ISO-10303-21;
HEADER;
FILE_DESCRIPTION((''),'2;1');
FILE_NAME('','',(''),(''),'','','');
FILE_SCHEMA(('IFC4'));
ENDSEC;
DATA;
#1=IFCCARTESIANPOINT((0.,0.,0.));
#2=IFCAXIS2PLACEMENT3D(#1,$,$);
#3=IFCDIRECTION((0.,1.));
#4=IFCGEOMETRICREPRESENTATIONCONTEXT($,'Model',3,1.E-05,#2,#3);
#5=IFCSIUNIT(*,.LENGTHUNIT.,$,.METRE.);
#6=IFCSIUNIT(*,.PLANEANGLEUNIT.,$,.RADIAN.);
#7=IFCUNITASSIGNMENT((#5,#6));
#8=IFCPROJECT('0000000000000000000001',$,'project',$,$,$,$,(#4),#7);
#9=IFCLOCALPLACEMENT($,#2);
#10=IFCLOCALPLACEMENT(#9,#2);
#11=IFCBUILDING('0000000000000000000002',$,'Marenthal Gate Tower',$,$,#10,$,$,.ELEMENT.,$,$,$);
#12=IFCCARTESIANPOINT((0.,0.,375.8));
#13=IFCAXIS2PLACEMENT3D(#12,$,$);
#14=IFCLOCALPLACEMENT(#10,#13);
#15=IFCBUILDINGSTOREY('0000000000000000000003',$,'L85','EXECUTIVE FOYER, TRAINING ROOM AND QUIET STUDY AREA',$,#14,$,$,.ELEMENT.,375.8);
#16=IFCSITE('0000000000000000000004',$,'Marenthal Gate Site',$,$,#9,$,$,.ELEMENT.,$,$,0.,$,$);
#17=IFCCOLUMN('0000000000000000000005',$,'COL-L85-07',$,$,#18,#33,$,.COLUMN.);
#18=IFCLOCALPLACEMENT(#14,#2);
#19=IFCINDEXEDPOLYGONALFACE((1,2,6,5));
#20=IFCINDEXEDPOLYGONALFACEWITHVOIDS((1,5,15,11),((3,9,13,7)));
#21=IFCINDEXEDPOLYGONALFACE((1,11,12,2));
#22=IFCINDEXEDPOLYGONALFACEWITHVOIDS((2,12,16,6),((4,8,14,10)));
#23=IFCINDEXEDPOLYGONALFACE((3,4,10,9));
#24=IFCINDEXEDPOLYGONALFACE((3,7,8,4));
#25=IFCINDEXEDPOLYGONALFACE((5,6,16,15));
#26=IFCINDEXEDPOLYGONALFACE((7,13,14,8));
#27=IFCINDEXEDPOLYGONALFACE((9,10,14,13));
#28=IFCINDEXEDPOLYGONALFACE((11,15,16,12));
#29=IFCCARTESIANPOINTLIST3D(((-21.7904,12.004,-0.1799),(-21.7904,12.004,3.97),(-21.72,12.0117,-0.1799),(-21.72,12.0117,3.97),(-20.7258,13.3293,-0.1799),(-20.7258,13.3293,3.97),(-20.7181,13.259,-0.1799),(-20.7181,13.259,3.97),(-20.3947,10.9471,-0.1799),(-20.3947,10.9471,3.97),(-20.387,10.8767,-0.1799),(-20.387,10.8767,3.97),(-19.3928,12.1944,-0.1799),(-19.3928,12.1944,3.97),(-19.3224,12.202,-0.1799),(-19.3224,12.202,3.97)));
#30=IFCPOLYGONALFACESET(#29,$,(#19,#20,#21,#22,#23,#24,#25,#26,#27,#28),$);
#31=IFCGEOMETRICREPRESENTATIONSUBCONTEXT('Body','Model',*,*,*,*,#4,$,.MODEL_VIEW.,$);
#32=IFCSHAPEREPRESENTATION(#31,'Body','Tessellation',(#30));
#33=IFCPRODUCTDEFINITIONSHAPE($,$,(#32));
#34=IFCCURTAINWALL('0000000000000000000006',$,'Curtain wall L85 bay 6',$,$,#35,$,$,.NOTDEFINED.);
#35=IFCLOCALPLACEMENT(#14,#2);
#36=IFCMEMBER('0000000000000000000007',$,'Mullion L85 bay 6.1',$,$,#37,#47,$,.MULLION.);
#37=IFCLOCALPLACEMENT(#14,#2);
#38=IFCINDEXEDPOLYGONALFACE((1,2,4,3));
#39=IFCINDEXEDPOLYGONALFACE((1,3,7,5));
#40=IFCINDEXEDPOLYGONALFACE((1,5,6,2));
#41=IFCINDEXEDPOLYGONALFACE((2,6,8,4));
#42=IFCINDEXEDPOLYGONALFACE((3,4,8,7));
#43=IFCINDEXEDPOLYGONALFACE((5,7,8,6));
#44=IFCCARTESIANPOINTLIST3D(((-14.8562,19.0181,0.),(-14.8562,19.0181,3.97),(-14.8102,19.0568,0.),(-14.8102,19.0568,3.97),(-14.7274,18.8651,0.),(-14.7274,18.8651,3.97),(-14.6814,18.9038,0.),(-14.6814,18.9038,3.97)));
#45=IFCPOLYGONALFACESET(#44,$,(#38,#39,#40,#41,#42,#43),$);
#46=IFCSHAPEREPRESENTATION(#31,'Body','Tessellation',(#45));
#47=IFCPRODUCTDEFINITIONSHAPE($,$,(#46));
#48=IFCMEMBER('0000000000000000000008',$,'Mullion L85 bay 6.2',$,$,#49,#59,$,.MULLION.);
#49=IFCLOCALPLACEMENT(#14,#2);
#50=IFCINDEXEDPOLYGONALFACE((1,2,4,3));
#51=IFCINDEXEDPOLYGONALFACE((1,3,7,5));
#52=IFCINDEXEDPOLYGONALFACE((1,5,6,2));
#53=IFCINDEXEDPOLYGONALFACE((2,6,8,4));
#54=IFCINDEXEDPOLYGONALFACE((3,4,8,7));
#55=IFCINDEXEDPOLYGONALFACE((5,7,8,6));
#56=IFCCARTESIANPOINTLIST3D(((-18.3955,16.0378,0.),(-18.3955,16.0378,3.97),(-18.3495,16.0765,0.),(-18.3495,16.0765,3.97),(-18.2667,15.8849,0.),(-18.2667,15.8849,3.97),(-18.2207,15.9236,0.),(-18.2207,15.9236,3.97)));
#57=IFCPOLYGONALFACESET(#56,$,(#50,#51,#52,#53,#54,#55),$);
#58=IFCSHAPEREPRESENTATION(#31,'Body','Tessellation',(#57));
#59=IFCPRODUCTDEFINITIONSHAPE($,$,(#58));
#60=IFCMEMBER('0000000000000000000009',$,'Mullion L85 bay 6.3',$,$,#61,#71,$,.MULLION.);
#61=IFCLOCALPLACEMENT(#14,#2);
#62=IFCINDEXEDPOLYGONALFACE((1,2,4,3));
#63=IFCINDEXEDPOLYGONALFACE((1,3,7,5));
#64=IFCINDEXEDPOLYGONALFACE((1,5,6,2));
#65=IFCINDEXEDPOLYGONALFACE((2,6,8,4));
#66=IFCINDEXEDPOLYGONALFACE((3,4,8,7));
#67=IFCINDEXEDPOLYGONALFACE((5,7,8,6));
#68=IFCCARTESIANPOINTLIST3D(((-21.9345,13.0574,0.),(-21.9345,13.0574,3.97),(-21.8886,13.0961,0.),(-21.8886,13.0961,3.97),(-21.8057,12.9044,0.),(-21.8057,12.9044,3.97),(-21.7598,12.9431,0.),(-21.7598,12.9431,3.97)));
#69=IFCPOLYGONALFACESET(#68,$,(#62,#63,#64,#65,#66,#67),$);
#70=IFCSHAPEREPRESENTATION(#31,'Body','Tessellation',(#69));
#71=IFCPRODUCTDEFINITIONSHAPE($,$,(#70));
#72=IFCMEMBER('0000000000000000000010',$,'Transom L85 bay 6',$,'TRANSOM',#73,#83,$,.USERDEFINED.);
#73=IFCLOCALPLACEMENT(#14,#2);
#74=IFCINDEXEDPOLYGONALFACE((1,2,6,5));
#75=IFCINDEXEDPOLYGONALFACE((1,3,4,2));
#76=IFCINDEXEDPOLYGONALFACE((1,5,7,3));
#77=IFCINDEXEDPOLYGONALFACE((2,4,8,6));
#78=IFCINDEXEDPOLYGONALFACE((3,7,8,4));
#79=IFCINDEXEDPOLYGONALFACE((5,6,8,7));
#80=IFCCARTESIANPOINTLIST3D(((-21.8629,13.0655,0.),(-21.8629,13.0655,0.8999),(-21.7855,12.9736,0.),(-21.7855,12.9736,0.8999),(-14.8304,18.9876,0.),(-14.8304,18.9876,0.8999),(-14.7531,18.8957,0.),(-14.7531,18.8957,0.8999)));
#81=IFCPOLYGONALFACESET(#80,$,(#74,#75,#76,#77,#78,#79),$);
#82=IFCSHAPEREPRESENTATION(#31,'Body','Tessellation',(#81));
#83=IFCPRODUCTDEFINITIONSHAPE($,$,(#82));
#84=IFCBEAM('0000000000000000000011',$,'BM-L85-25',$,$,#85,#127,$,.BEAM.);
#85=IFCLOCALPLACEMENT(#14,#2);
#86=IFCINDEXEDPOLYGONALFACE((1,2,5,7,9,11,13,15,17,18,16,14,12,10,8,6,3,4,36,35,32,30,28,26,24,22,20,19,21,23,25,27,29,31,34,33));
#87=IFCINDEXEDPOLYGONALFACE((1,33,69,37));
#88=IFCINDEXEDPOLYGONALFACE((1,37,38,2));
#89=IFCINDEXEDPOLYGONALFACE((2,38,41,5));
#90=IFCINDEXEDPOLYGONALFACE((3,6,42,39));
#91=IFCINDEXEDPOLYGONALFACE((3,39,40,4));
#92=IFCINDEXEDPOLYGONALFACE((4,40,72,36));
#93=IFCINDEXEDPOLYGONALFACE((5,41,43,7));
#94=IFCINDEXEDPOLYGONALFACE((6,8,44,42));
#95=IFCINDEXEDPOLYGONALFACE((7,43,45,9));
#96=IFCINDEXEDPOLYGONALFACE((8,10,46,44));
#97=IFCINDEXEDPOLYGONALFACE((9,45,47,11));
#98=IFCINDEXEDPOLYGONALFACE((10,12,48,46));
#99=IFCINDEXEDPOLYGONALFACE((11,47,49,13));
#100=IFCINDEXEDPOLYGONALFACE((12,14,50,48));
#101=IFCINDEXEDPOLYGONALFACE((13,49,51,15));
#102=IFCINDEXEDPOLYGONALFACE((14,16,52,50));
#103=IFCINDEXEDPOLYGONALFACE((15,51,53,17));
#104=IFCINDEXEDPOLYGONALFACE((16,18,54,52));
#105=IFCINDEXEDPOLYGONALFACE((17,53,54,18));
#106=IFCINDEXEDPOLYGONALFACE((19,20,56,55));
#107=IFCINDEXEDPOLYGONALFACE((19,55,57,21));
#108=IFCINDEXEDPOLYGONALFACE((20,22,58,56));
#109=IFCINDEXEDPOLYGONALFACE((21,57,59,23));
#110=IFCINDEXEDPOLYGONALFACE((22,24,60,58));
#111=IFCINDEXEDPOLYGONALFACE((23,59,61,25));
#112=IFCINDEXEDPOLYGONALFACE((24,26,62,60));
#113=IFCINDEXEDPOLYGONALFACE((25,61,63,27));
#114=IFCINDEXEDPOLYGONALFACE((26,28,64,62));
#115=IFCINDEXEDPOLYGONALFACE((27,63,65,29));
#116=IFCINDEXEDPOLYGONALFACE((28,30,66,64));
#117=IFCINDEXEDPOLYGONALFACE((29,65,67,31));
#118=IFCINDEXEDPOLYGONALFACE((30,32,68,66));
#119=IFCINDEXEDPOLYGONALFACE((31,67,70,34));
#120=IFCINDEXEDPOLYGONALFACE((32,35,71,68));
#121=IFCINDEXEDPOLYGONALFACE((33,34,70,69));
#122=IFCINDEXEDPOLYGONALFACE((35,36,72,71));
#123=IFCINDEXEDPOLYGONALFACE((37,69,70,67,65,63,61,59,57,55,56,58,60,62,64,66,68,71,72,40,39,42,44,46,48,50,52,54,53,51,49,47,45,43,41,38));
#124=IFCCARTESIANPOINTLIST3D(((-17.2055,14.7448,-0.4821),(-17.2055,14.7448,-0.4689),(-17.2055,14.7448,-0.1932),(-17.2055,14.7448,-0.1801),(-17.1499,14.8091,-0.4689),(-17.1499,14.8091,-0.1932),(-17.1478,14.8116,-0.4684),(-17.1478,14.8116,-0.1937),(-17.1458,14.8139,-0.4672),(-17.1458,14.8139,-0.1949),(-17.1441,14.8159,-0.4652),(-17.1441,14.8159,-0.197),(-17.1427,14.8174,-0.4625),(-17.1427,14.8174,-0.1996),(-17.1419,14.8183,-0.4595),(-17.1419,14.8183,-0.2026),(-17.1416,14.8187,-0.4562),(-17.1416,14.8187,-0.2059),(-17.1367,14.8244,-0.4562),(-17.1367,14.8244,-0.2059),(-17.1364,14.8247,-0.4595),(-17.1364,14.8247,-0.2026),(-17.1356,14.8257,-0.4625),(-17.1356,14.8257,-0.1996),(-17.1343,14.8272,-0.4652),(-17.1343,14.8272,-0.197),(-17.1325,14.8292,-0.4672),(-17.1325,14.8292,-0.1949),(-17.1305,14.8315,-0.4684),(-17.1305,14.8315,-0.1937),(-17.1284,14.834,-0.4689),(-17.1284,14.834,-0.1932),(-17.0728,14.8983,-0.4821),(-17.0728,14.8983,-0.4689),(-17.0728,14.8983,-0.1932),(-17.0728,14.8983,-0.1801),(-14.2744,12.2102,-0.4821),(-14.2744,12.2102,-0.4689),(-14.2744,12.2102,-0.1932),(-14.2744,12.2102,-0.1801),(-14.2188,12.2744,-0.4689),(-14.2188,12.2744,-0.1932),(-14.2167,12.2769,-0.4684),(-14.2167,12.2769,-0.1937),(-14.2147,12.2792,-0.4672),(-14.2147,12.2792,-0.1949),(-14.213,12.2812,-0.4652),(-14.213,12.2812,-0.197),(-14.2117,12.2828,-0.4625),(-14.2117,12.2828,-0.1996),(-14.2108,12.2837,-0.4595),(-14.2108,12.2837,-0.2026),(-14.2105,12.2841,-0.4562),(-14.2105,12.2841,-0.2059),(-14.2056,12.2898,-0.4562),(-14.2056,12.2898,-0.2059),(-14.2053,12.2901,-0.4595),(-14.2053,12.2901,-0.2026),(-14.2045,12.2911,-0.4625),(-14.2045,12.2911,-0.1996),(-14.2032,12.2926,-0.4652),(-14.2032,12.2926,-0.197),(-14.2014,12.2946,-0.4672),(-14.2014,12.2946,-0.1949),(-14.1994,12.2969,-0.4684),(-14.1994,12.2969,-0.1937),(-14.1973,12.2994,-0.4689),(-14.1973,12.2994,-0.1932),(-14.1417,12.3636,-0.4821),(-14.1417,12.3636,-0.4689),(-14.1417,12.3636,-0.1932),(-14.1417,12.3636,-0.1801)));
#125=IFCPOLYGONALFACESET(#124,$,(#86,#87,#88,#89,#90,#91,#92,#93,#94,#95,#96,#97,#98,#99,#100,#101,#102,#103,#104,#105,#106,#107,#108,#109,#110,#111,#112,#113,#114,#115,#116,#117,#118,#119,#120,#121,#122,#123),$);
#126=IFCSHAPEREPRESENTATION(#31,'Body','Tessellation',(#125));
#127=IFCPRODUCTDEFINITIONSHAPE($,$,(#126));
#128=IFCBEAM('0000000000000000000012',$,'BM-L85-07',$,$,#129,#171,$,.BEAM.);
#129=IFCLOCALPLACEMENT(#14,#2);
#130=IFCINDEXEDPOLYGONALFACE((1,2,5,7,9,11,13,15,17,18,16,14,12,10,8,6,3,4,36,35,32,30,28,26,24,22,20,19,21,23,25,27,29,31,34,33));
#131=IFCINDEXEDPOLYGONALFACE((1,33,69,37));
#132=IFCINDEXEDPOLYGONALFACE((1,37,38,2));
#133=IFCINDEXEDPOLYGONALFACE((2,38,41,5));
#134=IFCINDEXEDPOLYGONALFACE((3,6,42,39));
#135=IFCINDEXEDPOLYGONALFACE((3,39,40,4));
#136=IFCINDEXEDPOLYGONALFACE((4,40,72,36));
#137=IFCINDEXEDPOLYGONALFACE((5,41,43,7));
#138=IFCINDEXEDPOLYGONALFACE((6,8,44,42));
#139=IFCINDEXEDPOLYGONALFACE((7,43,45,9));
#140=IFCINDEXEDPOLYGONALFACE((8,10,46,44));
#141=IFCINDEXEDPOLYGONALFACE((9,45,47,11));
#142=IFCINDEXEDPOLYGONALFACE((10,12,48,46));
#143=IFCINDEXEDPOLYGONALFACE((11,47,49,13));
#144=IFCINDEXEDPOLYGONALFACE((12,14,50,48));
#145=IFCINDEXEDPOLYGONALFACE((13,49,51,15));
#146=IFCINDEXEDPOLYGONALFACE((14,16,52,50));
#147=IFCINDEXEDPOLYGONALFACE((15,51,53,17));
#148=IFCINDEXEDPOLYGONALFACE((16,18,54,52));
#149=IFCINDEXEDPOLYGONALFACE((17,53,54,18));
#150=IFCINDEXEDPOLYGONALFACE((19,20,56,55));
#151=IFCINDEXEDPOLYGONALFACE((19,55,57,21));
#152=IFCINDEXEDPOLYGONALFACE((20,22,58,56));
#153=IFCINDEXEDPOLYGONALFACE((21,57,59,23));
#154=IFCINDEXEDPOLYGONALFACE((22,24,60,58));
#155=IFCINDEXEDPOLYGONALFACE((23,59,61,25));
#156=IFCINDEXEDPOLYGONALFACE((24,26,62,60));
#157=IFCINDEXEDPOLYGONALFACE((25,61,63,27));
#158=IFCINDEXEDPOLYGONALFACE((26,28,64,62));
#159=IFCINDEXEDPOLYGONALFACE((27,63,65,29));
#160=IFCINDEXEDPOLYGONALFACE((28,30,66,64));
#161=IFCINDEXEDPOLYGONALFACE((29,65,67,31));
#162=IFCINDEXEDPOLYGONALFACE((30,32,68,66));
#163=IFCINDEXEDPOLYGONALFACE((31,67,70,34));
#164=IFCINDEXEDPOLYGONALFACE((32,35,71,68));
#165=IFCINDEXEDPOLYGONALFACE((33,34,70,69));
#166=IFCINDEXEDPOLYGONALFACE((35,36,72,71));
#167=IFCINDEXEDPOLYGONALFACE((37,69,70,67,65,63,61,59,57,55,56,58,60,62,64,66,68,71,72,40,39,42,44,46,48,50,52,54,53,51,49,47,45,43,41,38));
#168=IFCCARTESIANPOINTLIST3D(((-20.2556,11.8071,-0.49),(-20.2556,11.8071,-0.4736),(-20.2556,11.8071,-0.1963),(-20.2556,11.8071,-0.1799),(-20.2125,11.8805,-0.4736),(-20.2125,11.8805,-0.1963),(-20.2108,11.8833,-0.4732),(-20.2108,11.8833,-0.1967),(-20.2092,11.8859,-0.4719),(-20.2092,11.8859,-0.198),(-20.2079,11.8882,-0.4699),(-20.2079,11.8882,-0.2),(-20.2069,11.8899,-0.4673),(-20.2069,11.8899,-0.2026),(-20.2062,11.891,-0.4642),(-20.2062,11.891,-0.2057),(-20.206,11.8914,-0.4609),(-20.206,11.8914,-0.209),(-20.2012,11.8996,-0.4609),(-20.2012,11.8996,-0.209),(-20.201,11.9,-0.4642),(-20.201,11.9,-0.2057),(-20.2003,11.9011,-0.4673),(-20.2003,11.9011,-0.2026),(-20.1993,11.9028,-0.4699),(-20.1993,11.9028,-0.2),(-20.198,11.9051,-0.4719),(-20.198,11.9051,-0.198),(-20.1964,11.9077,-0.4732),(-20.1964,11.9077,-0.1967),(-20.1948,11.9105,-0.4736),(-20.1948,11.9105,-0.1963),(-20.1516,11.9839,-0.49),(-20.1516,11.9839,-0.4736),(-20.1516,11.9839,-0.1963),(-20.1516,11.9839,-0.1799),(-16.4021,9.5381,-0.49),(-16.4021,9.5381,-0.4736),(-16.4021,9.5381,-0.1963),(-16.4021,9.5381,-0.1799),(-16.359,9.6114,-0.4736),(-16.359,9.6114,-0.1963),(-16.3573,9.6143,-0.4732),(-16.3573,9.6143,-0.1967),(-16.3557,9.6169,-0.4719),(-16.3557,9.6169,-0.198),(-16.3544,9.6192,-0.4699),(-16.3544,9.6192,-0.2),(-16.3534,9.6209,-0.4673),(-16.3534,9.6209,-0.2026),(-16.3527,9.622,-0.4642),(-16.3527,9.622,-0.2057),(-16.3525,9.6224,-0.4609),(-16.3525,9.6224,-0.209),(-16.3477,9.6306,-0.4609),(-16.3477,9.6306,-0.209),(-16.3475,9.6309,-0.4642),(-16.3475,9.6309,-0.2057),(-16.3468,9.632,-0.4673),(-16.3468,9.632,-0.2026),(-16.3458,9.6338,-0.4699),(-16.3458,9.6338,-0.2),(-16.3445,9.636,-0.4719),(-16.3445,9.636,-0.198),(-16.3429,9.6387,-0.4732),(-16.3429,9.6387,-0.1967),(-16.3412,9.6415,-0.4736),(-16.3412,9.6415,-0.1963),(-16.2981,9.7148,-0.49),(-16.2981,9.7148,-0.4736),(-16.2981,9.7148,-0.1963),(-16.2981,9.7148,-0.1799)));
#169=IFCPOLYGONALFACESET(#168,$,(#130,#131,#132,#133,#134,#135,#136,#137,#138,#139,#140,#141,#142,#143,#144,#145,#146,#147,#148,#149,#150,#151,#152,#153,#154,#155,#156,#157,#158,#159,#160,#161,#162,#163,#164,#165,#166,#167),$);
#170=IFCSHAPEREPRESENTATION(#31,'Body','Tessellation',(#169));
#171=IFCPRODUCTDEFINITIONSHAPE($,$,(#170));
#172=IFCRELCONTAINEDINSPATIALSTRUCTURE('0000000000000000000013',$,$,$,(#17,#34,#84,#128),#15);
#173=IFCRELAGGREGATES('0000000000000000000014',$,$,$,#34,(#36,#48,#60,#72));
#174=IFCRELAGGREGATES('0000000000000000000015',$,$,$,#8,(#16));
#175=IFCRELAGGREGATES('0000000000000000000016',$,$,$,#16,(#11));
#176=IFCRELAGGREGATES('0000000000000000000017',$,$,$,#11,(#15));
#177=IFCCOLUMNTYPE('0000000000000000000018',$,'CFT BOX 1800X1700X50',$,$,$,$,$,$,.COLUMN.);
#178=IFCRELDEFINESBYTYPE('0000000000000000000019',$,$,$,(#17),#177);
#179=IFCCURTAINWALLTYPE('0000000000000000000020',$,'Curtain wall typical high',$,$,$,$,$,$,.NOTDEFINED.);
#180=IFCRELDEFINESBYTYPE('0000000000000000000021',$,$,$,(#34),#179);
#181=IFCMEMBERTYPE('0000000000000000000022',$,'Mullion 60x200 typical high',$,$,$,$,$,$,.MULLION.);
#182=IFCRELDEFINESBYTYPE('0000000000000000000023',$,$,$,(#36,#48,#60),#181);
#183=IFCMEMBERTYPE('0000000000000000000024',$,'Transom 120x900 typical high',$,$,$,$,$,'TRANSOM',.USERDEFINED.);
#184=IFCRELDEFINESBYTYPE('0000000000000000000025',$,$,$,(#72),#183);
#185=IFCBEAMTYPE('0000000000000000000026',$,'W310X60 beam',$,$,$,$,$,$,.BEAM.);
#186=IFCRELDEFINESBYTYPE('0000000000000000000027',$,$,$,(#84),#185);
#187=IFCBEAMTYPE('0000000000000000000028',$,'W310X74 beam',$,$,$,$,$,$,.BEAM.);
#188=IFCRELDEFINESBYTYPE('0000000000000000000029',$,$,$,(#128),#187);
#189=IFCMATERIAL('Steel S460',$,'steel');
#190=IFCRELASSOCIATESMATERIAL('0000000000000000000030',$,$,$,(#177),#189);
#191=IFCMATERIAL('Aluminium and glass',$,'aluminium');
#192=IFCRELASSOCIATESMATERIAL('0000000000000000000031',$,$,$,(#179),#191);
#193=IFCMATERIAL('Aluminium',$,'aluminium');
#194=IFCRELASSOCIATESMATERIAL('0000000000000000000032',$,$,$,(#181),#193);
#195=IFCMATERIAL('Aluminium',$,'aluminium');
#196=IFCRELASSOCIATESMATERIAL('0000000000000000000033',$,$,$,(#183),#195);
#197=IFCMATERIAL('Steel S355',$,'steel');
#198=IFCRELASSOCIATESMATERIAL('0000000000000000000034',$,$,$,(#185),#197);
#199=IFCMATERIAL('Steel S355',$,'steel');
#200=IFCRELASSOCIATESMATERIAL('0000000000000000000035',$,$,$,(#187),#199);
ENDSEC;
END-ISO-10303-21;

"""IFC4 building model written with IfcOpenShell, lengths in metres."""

from ifc_helpers import new_model, si_unit, direction, frame, origin, origin_2d, place, context, subcontext, project, spatial, rectangle, hollow_rectangle, i_section, extrude, material, material_profile, profile_set, type_object, element, aggregate, save


model = new_model("IFC4")

# Units and contexts
model_context = context("Model", 3, precision=1e-05, world=origin(), true_north=direction((0.0, 1.0)))
body_context = subcontext(model_context, "Body", "Model", "MODEL_VIEW")
ifc_project = project(units=[si_unit("LENGTHUNIT", "METRE"), si_unit("PLANEANGLEUNIT", "RADIAN")], contexts=[model_context])

# Site, building, storey
site_placement = place(None, origin())
site = spatial("IfcSite", under=ifc_project, at=site_placement, Name="Marenthal Gate Site", CompositionType="ELEMENT", RefElevation=0.0)
building_placement = place(site_placement, origin())
building = spatial("IfcBuilding", under=site, at=building_placement, Name="Marenthal Gate Tower", CompositionType="ELEMENT")
storey_placement = place(building_placement, frame((0.0, 0.0, 375.8)))
storey = spatial("IfcBuildingStorey", under=building, at=storey_placement, Name="L85", Description="EXECUTIVE FOYER, TRAINING ROOM AND QUIET STUDY AREA", CompositionType="ELEMENT", Elevation=375.8)

# Column
ifc_material_1 = material(Name="Steel S460", Category="steel")
ifc_material_profile_1 = material_profile(ifc_material_1, hollow_rectangle(XDim=1.7, YDim=1.8, WallThickness=0.05, at=origin_2d()), Name="CFT BOX 1800X1700X50")
ifc_material_2 = material(Name="Concrete 70 MPa", Category="concrete")
ifc_material_profile_2 = material_profile(ifc_material_2, rectangle(XDim=1.6001, YDim=1.7, at=origin_2d()), Name="CFT BOX 1800X1700X50 INFILL")
ifc_profile_set_1 = profile_set([ifc_material_profile_1, ifc_material_profile_2], Name="Steel S460 shell, Concrete 70 MPa infill")
column_type = type_object("IfcColumnType", Name="CFT BOX 1800X1700X50", PredefinedType="COLUMN", material=ifc_profile_set_1)
column_placement = place(storey_placement, frame((-20.5564, 12.103, -0.1799), z_axis=(0.0, 0.0, 1.0), x_axis=(0.626249, 0.779623, 0.0)))
element("IfcColumn", 1, at=column_placement, inside=storey, type_object=column_type, Name="COL-L85-07", PredefinedType="COLUMN", context=body_context, shape_type="SweptSolid", body=[
    extrude(hollow_rectangle(XDim=1.7, YDim=1.8, WallThickness=0.05, at=origin_2d()), origin(), (0.0, 0.0, 1.0), 4.1499),
])

# Curtain wall, members
ifc_material_3 = material(Name="Aluminium and glass", Category="aluminium")
curtain_wall_type = type_object("IfcCurtainWallType", Name="Curtain wall typical high", PredefinedType="NOTDEFINED", material=ifc_material_3)
curtain_wall_placement = place(storey_placement, origin())
curtain_wall = element("IfcCurtainWall", 2, at=curtain_wall_placement, inside=storey, type_object=curtain_wall_type, Name="Curtain wall L85 bay 6", PredefinedType="NOTDEFINED")
ifc_material_4 = material(Name="Aluminium", Category="aluminium")
ifc_material_profile_3 = material_profile(ifc_material_4, rectangle(XDim=0.2, YDim=0.0601, at=origin_2d()), Name="60x200 aluminium mullion")
ifc_profile_set_2 = profile_set([ifc_material_profile_3], Name="Aluminium")
member_type_1 = type_object("IfcMemberType", Name="Mullion 60x200 typical high", PredefinedType="MULLION", material=ifc_profile_set_2)
member_1_placement = place(storey_placement, frame((-14.7688, 18.9609, 0.0), z_axis=(0.0, 0.0, 1.0), x_axis=(0.644135, -0.764912, 0.0)))
member_1 = element("IfcMember", 3, at=member_1_placement, type_object=member_type_1, Name="Mullion L85 bay 6.1", PredefinedType="MULLION", context=body_context, shape_type="SweptSolid", body=[
    extrude(rectangle(XDim=0.2, YDim=0.0601, at=origin_2d()), origin(), (0.0, 0.0, 1.0), 3.97),
])
member_2_placement = place(storey_placement, frame((-18.3081, 15.9807, 0.0), z_axis=(0.0, 0.0, 1.0), x_axis=(0.644135, -0.764912, 0.0)))
member_2 = element("IfcMember", 4, at=member_2_placement, type_object=member_type_1, Name="Mullion L85 bay 6.2", PredefinedType="MULLION", context=body_context, shape_type="SweptSolid", body=[
    extrude(rectangle(XDim=0.2, YDim=0.0601, at=origin_2d()), origin(), (0.0, 0.0, 1.0), 3.97),
])
member_3_placement = place(storey_placement, frame((-21.8472, 13.0002, 0.0), z_axis=(0.0, 0.0, 1.0), x_axis=(0.644135, -0.764912, 0.0)))
member_3 = element("IfcMember", 5, at=member_3_placement, type_object=member_type_1, Name="Mullion L85 bay 6.3", PredefinedType="MULLION", context=body_context, shape_type="SweptSolid", body=[
    extrude(rectangle(XDim=0.2, YDim=0.0601, at=origin_2d()), origin(), (0.0, 0.0, 1.0), 3.97),
])
ifc_material_5 = material(Name="Aluminium", Category="aluminium")
ifc_material_profile_4 = material_profile(ifc_material_5, rectangle(XDim=0.1201, YDim=0.8999, at=origin_2d()), Name="120x900 aluminium transom")
ifc_profile_set_3 = profile_set([ifc_material_profile_4], Name="Aluminium")
member_type_2 = type_object("IfcMemberType", Name="Transom 120x900 typical high", ElementType="TRANSOM", PredefinedType="USERDEFINED", material=ifc_profile_set_3)
member_4_placement = place(storey_placement, frame((-14.7917, 18.9417, 0.45), z_axis=(-0.764909, -0.644138, 0.0), x_axis=(0.644138, -0.764909, 0.0)))
member_4 = element("IfcMember", 6, at=member_4_placement, type_object=member_type_2, Name="Transom L85 bay 6", ObjectType="TRANSOM", PredefinedType="USERDEFINED", context=body_context, shape_type="SweptSolid", body=[
    extrude(rectangle(XDim=0.1201, YDim=0.8999, at=origin_2d()), origin(), (0.0, 0.0, 1.0), 9.1938),
])

# Beams
ifc_material_6 = material(Name="Steel S355", Category="steel")
ifc_material_profile_5 = material_profile(ifc_material_6, i_section(OverallWidth=0.2029, OverallDepth=0.302, WebThickness=0.0076, FlangeThickness=0.0132, FilletRadius=0.0127, at=origin_2d()), Name="W310X60")
ifc_profile_set_4 = profile_set([ifc_material_profile_5], Name="Steel S355")
beam_type_1 = type_object("IfcBeamType", Name="W310X60 beam", PredefinedType="BEAM", material=ifc_profile_set_4)
beam_1_placement = place(storey_placement, frame((-17.1392, 14.8215, -0.3311), z_axis=(0.756412, -0.654095, 0.0), x_axis=(0.654095, 0.756412, 0.0)))
element("IfcBeam", 7, at=beam_1_placement, inside=storey, type_object=beam_type_1, Name="BM-L85-25", PredefinedType="BEAM", context=body_context, shape_type="SweptSolid", body=[
    extrude(i_section(OverallWidth=0.2029, OverallDepth=0.302, WebThickness=0.0076, FlangeThickness=0.0132, FilletRadius=0.0127, at=origin_2d()), origin(), (0.0, 0.0, 1.0), 3.875),
])
ifc_material_7 = material(Name="Steel S355", Category="steel")
ifc_material_profile_6 = material_profile(ifc_material_7, i_section(OverallWidth=0.2051, OverallDepth=0.3101, WebThickness=0.0095, FlangeThickness=0.0164, FilletRadius=0.0127, at=origin_2d()), Name="W310X74")
ifc_profile_set_5 = profile_set([ifc_material_profile_6], Name="Steel S355")
beam_type_2 = type_object("IfcBeamType", Name="W310X74 beam", PredefinedType="BEAM", material=ifc_profile_set_5)
beam_2_placement = place(storey_placement, frame((-20.2036, 11.8955, -0.335), z_axis=(0.861712, -0.507397, 0.0), x_axis=(0.507397, 0.861712, 0.0)))
element("IfcBeam", 8, at=beam_2_placement, inside=storey, type_object=beam_type_2, Name="BM-L85-07", PredefinedType="BEAM", context=body_context, shape_type="SweptSolid", body=[
    extrude(i_section(OverallWidth=0.2051, OverallDepth=0.3101, WebThickness=0.0095, FlangeThickness=0.0164, FilletRadius=0.0127, at=origin_2d()), origin(), (0.0, 0.0, 1.0), 4.4719),
])

aggregate(curtain_wall, [member_1, member_2, member_3, member_4])

save(model, "model.ifc")
